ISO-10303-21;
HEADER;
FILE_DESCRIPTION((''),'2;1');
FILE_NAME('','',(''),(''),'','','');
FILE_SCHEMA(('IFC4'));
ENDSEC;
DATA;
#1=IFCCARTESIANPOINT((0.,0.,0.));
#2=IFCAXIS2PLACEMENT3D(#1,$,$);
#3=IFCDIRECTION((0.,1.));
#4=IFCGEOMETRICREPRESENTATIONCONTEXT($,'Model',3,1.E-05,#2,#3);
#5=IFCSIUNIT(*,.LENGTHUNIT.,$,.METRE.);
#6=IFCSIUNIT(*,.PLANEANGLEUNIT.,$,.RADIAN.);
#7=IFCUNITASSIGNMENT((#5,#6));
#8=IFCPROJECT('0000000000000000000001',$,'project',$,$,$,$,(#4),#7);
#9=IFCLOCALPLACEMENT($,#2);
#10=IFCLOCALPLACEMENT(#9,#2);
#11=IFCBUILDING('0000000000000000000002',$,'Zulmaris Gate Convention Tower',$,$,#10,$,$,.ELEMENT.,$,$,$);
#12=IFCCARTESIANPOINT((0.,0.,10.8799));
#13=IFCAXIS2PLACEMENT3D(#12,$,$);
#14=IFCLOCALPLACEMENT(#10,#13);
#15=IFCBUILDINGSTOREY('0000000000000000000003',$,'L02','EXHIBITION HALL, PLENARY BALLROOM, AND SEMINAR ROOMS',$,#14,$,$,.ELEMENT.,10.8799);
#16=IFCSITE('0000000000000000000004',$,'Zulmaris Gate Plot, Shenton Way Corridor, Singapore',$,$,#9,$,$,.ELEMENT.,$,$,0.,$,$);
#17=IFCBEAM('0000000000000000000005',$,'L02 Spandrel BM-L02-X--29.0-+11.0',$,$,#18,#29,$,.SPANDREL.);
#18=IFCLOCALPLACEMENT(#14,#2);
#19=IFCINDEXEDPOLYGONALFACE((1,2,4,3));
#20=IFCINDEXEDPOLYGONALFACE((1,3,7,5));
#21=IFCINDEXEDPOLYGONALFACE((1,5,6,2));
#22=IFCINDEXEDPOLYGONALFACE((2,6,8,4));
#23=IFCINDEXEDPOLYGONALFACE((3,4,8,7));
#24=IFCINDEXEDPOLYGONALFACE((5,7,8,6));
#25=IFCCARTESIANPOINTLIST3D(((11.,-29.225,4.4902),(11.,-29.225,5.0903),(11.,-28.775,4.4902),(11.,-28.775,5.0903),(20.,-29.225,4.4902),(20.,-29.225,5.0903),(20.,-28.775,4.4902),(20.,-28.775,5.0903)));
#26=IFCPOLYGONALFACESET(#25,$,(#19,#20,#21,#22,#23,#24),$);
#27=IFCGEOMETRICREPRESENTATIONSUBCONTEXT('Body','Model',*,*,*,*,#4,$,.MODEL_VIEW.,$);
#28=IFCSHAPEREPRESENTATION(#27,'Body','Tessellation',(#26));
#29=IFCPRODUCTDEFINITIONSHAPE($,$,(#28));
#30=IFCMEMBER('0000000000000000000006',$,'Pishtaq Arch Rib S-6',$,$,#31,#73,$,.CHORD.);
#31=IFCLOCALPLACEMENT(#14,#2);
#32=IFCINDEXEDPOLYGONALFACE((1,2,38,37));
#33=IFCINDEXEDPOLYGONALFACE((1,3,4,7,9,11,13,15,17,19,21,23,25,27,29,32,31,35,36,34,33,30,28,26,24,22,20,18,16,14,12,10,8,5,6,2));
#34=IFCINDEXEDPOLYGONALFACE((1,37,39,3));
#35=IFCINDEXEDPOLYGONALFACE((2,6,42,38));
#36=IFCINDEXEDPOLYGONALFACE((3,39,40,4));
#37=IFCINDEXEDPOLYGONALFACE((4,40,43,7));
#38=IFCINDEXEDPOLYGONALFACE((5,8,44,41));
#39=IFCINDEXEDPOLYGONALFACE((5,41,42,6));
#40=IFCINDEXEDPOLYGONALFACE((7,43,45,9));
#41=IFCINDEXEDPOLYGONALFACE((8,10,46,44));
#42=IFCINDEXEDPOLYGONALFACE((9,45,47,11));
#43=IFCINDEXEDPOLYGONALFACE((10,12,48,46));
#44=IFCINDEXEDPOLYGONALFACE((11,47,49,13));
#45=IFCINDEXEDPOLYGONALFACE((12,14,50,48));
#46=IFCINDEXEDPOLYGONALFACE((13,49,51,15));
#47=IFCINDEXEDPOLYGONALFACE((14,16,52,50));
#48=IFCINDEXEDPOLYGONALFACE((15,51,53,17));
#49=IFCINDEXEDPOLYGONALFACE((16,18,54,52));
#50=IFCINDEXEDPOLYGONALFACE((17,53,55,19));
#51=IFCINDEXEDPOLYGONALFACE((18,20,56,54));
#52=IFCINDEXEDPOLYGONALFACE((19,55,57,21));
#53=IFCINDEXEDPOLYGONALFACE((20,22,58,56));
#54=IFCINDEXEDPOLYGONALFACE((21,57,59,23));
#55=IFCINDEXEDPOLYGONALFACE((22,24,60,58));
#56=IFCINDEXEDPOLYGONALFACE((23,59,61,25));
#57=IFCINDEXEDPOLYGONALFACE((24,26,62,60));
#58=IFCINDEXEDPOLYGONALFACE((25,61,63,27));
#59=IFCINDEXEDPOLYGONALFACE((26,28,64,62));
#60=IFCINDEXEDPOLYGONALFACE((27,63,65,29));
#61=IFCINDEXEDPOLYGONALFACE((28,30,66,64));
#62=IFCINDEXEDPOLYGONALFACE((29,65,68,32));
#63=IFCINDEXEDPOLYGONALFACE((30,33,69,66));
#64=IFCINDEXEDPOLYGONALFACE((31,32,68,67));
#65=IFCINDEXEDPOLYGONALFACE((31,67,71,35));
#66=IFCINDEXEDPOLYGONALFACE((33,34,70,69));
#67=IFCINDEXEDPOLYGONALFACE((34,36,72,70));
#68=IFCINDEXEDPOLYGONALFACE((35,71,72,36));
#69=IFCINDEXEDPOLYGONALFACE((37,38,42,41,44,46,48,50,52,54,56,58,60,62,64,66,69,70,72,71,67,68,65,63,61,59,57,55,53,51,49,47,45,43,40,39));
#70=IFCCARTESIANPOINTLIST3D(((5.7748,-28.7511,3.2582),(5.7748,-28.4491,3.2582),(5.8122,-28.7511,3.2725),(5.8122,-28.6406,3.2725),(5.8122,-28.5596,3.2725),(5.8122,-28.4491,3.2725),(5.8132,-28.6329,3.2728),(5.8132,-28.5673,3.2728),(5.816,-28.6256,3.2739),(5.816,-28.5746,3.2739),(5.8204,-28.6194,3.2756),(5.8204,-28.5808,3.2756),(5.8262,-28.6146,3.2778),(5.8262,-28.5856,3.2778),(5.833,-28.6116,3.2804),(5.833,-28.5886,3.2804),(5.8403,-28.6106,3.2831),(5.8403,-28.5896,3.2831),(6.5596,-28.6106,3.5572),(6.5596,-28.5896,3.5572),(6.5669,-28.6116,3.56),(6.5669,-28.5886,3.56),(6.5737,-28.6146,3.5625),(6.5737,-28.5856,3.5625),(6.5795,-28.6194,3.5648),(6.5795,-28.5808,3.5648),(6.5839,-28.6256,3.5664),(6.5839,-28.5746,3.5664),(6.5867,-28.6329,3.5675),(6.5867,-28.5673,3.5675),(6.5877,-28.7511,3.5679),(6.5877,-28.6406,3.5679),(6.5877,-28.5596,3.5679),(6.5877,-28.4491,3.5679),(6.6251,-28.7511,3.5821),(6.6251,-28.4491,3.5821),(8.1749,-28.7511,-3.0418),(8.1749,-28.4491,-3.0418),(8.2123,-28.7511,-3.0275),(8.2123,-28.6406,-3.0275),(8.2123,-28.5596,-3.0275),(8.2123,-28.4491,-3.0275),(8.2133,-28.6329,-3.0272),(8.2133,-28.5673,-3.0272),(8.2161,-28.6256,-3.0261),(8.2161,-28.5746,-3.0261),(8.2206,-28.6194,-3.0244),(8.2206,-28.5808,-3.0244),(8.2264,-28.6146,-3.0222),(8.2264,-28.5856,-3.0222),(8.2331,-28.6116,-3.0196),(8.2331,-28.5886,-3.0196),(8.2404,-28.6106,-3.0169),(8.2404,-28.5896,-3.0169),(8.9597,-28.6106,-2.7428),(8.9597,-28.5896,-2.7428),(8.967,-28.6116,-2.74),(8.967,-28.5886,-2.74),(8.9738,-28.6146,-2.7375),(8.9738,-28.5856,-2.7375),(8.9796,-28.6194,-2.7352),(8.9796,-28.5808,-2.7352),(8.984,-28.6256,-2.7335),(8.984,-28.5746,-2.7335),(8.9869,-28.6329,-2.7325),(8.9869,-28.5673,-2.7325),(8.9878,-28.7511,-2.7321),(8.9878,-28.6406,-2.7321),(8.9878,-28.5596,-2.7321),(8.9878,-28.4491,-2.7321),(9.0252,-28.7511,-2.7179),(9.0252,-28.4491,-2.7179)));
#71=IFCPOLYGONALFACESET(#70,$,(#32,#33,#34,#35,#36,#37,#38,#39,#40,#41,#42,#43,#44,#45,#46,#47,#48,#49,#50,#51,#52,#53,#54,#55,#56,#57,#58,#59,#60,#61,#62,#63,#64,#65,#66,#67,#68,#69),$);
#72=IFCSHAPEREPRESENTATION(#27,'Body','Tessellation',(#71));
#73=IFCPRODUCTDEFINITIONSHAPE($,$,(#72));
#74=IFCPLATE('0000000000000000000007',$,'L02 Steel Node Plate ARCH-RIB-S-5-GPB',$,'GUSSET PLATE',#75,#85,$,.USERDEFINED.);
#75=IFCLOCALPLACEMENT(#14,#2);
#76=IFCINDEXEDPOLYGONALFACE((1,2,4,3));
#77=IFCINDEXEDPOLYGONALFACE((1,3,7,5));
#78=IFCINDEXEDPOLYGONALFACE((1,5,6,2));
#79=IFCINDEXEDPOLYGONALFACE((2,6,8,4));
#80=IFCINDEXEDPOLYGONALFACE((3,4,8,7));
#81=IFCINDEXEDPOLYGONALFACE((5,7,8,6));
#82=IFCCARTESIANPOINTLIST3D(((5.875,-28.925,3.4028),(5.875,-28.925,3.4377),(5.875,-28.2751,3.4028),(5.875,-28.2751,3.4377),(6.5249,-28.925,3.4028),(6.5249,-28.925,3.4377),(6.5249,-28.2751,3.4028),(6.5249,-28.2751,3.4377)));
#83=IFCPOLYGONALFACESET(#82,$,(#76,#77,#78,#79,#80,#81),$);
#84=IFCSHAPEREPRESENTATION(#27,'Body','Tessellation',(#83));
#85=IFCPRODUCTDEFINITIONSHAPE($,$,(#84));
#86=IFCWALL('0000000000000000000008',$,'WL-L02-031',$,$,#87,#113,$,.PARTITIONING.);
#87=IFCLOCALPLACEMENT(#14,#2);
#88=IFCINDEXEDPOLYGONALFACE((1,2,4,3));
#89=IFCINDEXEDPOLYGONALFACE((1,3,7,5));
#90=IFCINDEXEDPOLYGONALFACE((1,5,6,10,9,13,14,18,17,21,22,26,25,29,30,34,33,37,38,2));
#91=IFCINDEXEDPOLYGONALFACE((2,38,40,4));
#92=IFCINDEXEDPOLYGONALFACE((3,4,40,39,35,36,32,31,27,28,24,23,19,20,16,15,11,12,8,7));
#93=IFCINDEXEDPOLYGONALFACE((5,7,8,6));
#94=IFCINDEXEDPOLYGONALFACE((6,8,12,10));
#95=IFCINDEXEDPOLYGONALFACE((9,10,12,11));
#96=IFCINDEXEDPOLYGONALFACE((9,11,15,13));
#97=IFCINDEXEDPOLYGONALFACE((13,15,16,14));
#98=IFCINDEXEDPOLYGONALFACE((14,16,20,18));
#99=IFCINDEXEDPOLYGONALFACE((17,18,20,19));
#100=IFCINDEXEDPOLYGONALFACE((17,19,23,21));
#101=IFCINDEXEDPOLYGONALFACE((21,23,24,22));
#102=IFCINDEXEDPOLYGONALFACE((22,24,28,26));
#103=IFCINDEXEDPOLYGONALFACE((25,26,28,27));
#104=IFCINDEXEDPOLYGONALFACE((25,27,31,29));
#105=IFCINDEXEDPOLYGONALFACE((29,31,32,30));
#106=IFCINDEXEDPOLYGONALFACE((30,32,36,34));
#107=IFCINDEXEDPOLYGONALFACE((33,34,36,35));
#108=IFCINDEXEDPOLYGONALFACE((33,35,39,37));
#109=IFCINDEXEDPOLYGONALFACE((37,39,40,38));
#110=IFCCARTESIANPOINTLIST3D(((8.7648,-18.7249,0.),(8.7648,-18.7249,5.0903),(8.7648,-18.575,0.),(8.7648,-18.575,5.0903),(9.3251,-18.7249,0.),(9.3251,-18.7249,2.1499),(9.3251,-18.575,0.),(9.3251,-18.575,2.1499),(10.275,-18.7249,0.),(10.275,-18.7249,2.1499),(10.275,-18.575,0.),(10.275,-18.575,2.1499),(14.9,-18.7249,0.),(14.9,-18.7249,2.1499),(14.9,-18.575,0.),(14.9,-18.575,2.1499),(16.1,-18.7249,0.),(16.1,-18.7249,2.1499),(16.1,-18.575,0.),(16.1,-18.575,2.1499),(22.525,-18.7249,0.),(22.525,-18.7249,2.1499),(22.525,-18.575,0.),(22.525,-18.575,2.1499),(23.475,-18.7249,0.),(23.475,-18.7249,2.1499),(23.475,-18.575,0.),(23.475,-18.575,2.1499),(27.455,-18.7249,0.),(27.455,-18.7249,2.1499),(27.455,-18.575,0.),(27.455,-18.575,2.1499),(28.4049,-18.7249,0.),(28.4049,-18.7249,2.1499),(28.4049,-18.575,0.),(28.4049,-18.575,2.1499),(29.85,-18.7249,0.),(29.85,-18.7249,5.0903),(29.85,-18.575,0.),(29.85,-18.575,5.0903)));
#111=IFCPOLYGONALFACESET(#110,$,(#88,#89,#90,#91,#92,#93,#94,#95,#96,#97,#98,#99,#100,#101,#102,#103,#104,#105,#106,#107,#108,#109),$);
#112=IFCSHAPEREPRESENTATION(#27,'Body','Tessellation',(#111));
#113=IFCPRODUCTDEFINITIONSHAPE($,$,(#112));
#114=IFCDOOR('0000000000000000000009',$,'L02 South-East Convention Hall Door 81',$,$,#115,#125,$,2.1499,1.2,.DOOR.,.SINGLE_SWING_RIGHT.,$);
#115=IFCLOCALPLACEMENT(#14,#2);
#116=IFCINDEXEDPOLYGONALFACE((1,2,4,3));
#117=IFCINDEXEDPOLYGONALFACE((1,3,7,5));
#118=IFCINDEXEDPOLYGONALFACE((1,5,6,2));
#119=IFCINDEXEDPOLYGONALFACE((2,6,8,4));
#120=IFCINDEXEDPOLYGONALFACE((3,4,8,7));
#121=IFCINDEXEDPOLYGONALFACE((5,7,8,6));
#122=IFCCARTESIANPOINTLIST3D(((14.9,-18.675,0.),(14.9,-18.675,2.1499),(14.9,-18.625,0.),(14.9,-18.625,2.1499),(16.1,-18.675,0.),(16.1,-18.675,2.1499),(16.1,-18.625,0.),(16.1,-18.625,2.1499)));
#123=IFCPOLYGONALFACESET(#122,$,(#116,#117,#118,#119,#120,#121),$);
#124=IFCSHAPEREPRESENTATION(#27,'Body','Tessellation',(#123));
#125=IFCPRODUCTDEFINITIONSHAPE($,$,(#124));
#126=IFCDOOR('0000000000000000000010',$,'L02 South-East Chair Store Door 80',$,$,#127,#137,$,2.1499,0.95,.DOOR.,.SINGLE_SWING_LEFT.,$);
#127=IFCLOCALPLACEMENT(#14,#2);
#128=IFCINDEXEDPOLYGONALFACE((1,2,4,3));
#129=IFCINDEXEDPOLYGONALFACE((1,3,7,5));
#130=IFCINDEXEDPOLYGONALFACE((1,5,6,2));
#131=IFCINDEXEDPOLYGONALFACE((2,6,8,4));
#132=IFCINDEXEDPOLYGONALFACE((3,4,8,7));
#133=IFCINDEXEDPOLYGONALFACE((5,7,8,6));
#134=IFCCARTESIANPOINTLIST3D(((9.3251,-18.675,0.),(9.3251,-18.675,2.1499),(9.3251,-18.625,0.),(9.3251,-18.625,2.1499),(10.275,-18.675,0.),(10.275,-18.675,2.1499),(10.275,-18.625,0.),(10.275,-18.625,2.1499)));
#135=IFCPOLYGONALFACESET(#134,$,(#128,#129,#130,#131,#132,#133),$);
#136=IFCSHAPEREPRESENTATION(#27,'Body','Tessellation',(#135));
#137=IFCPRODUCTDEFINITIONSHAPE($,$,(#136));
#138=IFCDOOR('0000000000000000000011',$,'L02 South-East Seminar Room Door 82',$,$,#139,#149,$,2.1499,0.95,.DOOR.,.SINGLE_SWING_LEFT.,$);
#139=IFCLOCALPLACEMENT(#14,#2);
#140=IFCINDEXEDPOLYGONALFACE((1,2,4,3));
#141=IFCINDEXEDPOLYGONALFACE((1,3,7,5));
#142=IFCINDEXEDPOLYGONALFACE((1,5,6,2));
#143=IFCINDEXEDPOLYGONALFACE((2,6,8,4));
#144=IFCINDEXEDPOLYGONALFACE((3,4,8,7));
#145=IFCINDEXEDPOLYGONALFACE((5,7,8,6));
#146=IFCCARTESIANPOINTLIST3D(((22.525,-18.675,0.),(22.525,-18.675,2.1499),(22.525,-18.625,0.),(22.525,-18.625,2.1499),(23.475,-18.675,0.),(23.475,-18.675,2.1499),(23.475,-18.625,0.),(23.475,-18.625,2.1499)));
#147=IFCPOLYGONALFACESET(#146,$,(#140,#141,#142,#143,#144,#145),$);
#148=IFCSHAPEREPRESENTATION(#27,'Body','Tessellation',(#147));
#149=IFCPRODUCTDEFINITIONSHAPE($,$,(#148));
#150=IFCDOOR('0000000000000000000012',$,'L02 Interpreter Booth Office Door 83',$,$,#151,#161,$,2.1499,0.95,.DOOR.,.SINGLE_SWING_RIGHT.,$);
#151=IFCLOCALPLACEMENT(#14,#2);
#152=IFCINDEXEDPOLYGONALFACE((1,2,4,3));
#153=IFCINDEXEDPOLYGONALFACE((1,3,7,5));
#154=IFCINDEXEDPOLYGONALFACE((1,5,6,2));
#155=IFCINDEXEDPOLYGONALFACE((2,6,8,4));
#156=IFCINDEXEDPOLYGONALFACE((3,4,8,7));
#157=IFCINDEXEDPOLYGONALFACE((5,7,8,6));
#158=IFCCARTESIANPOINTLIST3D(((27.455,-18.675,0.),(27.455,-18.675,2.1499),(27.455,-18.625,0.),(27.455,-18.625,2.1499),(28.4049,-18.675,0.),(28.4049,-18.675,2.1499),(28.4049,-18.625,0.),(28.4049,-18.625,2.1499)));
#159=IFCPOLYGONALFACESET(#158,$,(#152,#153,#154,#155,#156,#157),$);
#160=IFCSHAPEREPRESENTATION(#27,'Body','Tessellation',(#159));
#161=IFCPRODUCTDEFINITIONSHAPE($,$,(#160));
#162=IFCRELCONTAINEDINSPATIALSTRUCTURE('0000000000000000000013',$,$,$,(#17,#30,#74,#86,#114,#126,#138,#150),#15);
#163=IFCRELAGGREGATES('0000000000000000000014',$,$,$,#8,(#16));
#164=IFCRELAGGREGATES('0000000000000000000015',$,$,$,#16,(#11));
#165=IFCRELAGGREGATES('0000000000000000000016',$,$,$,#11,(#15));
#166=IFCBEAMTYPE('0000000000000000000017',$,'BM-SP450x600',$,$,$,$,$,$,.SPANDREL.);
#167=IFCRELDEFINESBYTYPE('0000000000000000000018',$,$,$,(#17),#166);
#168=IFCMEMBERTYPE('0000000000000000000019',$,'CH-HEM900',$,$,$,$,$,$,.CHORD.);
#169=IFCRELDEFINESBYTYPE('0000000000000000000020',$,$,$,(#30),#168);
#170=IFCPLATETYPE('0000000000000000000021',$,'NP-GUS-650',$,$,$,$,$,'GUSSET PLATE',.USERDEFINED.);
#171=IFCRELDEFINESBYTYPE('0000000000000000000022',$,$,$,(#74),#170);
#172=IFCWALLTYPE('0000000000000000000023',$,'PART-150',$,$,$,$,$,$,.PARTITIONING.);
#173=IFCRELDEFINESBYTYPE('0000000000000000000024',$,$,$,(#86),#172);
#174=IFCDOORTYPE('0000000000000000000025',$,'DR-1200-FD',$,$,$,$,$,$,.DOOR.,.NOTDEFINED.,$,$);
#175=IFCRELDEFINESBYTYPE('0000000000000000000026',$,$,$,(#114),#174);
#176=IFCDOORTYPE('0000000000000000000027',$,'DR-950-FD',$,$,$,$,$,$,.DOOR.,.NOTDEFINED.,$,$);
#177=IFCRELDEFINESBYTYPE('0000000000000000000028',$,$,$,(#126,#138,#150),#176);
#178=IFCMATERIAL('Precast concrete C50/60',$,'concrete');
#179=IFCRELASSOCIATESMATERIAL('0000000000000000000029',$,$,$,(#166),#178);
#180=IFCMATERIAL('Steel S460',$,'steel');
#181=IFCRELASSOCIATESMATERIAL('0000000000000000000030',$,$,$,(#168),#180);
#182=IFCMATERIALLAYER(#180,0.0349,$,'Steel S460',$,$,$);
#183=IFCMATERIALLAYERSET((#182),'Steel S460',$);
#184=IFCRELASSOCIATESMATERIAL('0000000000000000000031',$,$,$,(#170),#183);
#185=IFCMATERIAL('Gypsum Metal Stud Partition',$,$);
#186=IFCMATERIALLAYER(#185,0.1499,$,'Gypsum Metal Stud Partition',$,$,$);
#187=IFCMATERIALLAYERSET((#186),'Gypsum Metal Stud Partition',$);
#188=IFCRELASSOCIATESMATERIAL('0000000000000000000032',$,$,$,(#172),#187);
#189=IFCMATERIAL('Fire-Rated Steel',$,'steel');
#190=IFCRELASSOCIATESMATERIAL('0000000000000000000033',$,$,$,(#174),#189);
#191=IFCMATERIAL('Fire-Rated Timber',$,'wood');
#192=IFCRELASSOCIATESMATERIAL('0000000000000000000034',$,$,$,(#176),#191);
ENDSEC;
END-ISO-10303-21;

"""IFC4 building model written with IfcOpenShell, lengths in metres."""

from ifc_helpers import new_model, si_unit, direction, frame, frame_2d, origin, origin_2d, place, context, subcontext, project, spatial, rectangle, i_section, extrude, material, layer, layer_set, material_profile, profile_set, type_object, element, fill, save


model = new_model("IFC4")

# Units and contexts
model_context = context("Model", 3, precision=1e-05, world=origin(), true_north=direction((0.0, 1.0)))
body_context = subcontext(model_context, "Body", "Model", "MODEL_VIEW")
ifc_project = project(units=[si_unit("LENGTHUNIT", "METRE"), si_unit("PLANEANGLEUNIT", "RADIAN")], contexts=[model_context])

# Site, building, storey
site_placement = place(None, origin())
site = spatial("IfcSite", under=ifc_project, at=site_placement, Name="Zulmaris Gate Plot, Shenton Way Corridor, Singapore", CompositionType="ELEMENT", RefElevation=0.0)
building_placement = place(site_placement, origin())
building = spatial("IfcBuilding", under=site, at=building_placement, Name="Zulmaris Gate Convention Tower", CompositionType="ELEMENT")
storey_placement = place(building_placement, frame((0.0, 0.0, 10.8799)))
storey = spatial("IfcBuildingStorey", under=building, at=storey_placement, Name="L02", Description="EXHIBITION HALL, PLENARY BALLROOM, AND SEMINAR ROOMS", CompositionType="ELEMENT", Elevation=10.8799)

# Beam
ifc_material_1 = material(Name="Precast concrete C50/60", Category="concrete")
ifc_material_profile_1 = material_profile(ifc_material_1, rectangle(XDim=0.45, YDim=0.6001, at=origin_2d()), Name="RC SPANDREL 450x600")
ifc_profile_set_1 = profile_set([ifc_material_profile_1], Name="Precast concrete C50/60")
beam_type_1 = type_object("IfcBeamType", Name="BM-SP450x600", PredefinedType="SPANDREL", material=ifc_profile_set_1)
beam_1_placement = place(storey_placement, frame((11.0, -29.0, 4.7903), z_axis=(1.0, 0.0, 0.0), x_axis=(0.0, 1.0, 0.0)))
element("IfcBeam", 1, at=beam_1_placement, inside=storey, type_object=beam_type_1, Name="L02 Spandrel BM-L02-X--29.0-+11.0", PredefinedType="SPANDREL", context=body_context, shape_type="SweptSolid", body=[
    extrude(rectangle(XDim=0.45, YDim=0.6001, at=origin_2d()), origin(), (0.0, 0.0, 1.0), 9.0),
])

# Member
ifc_material_2 = material(Name="Steel S460", Category="steel")
ifc_material_profile_2 = material_profile(ifc_material_2, i_section(OverallWidth=0.302, OverallDepth=0.9099, WebThickness=0.021, FlangeThickness=0.04, FilletRadius=0.03, at=origin_2d()), Name="HEM 900")
ifc_profile_set_2 = profile_set([ifc_material_profile_2], Name="Steel S460")
member_type = type_object("IfcMemberType", Name="CH-HEM900", PredefinedType="CHORD", material=ifc_profile_set_2)
member_placement = place(storey_placement, frame((6.2, -28.6001, 3.4202), z_axis=(0.356012, 0.0, -0.934481), x_axis=(0.0, 1.0, 0.0)))
element("IfcMember", 2, at=member_placement, inside=storey, type_object=member_type, Name="Pishtaq Arch Rib S-6", PredefinedType="CHORD", context=body_context, shape_type="SweptSolid", body=[
    extrude(i_section(OverallWidth=0.302, OverallDepth=0.9099, WebThickness=0.021, FlangeThickness=0.04, FilletRadius=0.03, at=origin_2d()), origin(), (0.0, 0.0, 1.0), 6.7417),
])

# Plate
ifc_layer_1 = layer(ifc_material_2, 0.0349, Name="Steel S460")
ifc_layer_set_1 = layer_set([ifc_layer_1], Name="Steel S460")
plate_type = type_object("IfcPlateType", Name="NP-GUS-650", ElementType="GUSSET PLATE", PredefinedType="USERDEFINED", material=ifc_layer_set_1)
plate_placement = place(storey_placement, frame((6.2, -28.6001, 3.4028), z_axis=(0.0, 0.0, 1.0), x_axis=(1.0, 0.0, 0.0)))
element("IfcPlate", 3, at=plate_placement, inside=storey, type_object=plate_type, Name="L02 Steel Node Plate ARCH-RIB-S-5-GPB", ObjectType="GUSSET PLATE", PredefinedType="USERDEFINED", context=body_context, shape_type="SweptSolid", body=[
    extrude(rectangle(XDim=0.6499, YDim=0.6499, at=origin_2d()), origin(), (0.0, 0.0, 1.0), 0.0349),
])

# Wall, openings, doors
ifc_material_3 = material(Name="Gypsum Metal Stud Partition")
ifc_layer_2 = layer(ifc_material_3, 0.1499, Name="Gypsum Metal Stud Partition")
ifc_layer_set_2 = layer_set([ifc_layer_2], Name="Gypsum Metal Stud Partition")
wall_type_1 = type_object("IfcWallType", Name="PART-150", PredefinedType="PARTITIONING", material=ifc_layer_set_2)
wall_1_placement = place(storey_placement, frame((8.7649, -18.6499, 0.0), z_axis=(0.0, 0.0, 1.0), x_axis=(1.0, 0.0, 0.0)))
wall_1 = element("IfcWall", 4, at=wall_1_placement, inside=storey, type_object=wall_type_1, Name="WL-L02-031", PredefinedType="PARTITIONING", context=body_context, shape_type="SweptSolid", body=[
    extrude(rectangle(XDim=21.0852, YDim=0.1499, at=frame_2d((10.5425, 0.0))), origin(), (0.0, 0.0, 1.0), 5.0903),
])
opening_1_placement = place(wall_1_placement, frame((0.5601, 0.0, 0.0)))
opening_1 = element("IfcOpeningElement", 5, at=opening_1_placement, cuts=wall_1, PredefinedType="OPENING", context=body_context, shape_type="SweptSolid", body=[
    extrude(rectangle(XDim=0.95, YDim=2.1499, at=frame_2d((0.4751, 1.075))), frame((0.0, 0.085, 0.0), z_axis=(0.0, -1.0, 0.0), x_axis=(1.0, 0.0, 0.0)), (0.0, 0.0, 1.0), 0.1699),
])
opening_2_placement = place(wall_1_placement, frame((6.135, 0.0, 0.0)))
opening_2 = element("IfcOpeningElement", 6, at=opening_2_placement, cuts=wall_1, PredefinedType="OPENING", context=body_context, shape_type="SweptSolid", body=[
    extrude(rectangle(XDim=1.2, YDim=2.1499, at=frame_2d((0.6001, 1.075))), frame((0.0, 0.085, 0.0), z_axis=(0.0, -1.0, 0.0), x_axis=(1.0, 0.0, 0.0)), (0.0, 0.0, 1.0), 0.1699),
])
opening_3_placement = place(wall_1_placement, frame((13.76, 0.0, 0.0)))
opening_3 = element("IfcOpeningElement", 7, at=opening_3_placement, cuts=wall_1, PredefinedType="OPENING", context=body_context, shape_type="SweptSolid", body=[
    extrude(rectangle(XDim=0.95, YDim=2.1499, at=frame_2d((0.4751, 1.075))), frame((0.0, 0.085, 0.0), z_axis=(0.0, -1.0, 0.0), x_axis=(1.0, 0.0, 0.0)), (0.0, 0.0, 1.0), 0.1699),
])
opening_4_placement = place(wall_1_placement, frame((18.6899, 0.0, 0.0)))
opening_4 = element("IfcOpeningElement", 8, at=opening_4_placement, cuts=wall_1, PredefinedType="OPENING", context=body_context, shape_type="SweptSolid", body=[
    extrude(rectangle(XDim=0.95, YDim=2.1499, at=frame_2d((0.4751, 1.075))), frame((0.0, 0.085, 0.0), z_axis=(0.0, -1.0, 0.0), x_axis=(1.0, 0.0, 0.0)), (0.0, 0.0, 1.0), 0.1699),
])
ifc_material_4 = material(Name="Fire-Rated Steel", Category="steel")
door_type_1 = type_object("IfcDoorType", Name="DR-1200-FD", OperationType="NOTDEFINED", PredefinedType="DOOR", material=ifc_material_4)
door_1_placement = place(opening_2_placement, origin())
door_1 = element("IfcDoor", 9, at=door_1_placement, inside=storey, type_object=door_type_1, Name="L02 South-East Convention Hall Door 81", OperationType="SINGLE_SWING_RIGHT", OverallHeight=2.1499, OverallWidth=1.2, PredefinedType="DOOR", context=body_context, shape_type="SweptSolid", body=[
    extrude(rectangle(XDim=1.2, YDim=2.1499, at=frame_2d((0.6001, 1.075))), frame((0.0, 0.0249, 0.0), z_axis=(0.0, -1.0, 0.0), x_axis=(1.0, 0.0, 0.0)), (0.0, 0.0, 1.0), 0.05),
])
fill(opening_2, door_1)
ifc_material_5 = material(Name="Fire-Rated Timber", Category="wood")
door_type_2 = type_object("IfcDoorType", Name="DR-950-FD", OperationType="NOTDEFINED", PredefinedType="DOOR", material=ifc_material_5)
door_2_placement = place(opening_1_placement, origin())
door_2 = element("IfcDoor", 10, at=door_2_placement, inside=storey, type_object=door_type_2, Name="L02 South-East Chair Store Door 80", OperationType="SINGLE_SWING_LEFT", OverallHeight=2.1499, OverallWidth=0.95, PredefinedType="DOOR", context=body_context, shape_type="SweptSolid", body=[
    extrude(rectangle(XDim=0.95, YDim=2.1499, at=frame_2d((0.4751, 1.075))), frame((0.0, 0.0249, 0.0), z_axis=(0.0, -1.0, 0.0), x_axis=(1.0, 0.0, 0.0)), (0.0, 0.0, 1.0), 0.05),
])
fill(opening_1, door_2)
door_3_placement = place(opening_3_placement, origin())
door_3 = element("IfcDoor", 11, at=door_3_placement, inside=storey, type_object=door_type_2, Name="L02 South-East Seminar Room Door 82", OperationType="SINGLE_SWING_LEFT", OverallHeight=2.1499, OverallWidth=0.95, PredefinedType="DOOR", context=body_context, shape_type="SweptSolid", body=[
    extrude(rectangle(XDim=0.95, YDim=2.1499, at=frame_2d((0.4751, 1.075))), frame((0.0, 0.0249, 0.0), z_axis=(0.0, -1.0, 0.0), x_axis=(1.0, 0.0, 0.0)), (0.0, 0.0, 1.0), 0.05),
])
fill(opening_3, door_3)
door_4_placement = place(opening_4_placement, origin())
door_4 = element("IfcDoor", 12, at=door_4_placement, inside=storey, type_object=door_type_2, Name="L02 Interpreter Booth Office Door 83", OperationType="SINGLE_SWING_RIGHT", OverallHeight=2.1499, OverallWidth=0.95, PredefinedType="DOOR", context=body_context, shape_type="SweptSolid", body=[
    extrude(rectangle(XDim=0.95, YDim=2.1499, at=frame_2d((0.4751, 1.075))), frame((0.0, 0.0249, 0.0), z_axis=(0.0, -1.0, 0.0), x_axis=(1.0, 0.0, 0.0)), (0.0, 0.0, 1.0), 0.05),
])
fill(opening_4, door_4)

save(model, "model.ifc")
